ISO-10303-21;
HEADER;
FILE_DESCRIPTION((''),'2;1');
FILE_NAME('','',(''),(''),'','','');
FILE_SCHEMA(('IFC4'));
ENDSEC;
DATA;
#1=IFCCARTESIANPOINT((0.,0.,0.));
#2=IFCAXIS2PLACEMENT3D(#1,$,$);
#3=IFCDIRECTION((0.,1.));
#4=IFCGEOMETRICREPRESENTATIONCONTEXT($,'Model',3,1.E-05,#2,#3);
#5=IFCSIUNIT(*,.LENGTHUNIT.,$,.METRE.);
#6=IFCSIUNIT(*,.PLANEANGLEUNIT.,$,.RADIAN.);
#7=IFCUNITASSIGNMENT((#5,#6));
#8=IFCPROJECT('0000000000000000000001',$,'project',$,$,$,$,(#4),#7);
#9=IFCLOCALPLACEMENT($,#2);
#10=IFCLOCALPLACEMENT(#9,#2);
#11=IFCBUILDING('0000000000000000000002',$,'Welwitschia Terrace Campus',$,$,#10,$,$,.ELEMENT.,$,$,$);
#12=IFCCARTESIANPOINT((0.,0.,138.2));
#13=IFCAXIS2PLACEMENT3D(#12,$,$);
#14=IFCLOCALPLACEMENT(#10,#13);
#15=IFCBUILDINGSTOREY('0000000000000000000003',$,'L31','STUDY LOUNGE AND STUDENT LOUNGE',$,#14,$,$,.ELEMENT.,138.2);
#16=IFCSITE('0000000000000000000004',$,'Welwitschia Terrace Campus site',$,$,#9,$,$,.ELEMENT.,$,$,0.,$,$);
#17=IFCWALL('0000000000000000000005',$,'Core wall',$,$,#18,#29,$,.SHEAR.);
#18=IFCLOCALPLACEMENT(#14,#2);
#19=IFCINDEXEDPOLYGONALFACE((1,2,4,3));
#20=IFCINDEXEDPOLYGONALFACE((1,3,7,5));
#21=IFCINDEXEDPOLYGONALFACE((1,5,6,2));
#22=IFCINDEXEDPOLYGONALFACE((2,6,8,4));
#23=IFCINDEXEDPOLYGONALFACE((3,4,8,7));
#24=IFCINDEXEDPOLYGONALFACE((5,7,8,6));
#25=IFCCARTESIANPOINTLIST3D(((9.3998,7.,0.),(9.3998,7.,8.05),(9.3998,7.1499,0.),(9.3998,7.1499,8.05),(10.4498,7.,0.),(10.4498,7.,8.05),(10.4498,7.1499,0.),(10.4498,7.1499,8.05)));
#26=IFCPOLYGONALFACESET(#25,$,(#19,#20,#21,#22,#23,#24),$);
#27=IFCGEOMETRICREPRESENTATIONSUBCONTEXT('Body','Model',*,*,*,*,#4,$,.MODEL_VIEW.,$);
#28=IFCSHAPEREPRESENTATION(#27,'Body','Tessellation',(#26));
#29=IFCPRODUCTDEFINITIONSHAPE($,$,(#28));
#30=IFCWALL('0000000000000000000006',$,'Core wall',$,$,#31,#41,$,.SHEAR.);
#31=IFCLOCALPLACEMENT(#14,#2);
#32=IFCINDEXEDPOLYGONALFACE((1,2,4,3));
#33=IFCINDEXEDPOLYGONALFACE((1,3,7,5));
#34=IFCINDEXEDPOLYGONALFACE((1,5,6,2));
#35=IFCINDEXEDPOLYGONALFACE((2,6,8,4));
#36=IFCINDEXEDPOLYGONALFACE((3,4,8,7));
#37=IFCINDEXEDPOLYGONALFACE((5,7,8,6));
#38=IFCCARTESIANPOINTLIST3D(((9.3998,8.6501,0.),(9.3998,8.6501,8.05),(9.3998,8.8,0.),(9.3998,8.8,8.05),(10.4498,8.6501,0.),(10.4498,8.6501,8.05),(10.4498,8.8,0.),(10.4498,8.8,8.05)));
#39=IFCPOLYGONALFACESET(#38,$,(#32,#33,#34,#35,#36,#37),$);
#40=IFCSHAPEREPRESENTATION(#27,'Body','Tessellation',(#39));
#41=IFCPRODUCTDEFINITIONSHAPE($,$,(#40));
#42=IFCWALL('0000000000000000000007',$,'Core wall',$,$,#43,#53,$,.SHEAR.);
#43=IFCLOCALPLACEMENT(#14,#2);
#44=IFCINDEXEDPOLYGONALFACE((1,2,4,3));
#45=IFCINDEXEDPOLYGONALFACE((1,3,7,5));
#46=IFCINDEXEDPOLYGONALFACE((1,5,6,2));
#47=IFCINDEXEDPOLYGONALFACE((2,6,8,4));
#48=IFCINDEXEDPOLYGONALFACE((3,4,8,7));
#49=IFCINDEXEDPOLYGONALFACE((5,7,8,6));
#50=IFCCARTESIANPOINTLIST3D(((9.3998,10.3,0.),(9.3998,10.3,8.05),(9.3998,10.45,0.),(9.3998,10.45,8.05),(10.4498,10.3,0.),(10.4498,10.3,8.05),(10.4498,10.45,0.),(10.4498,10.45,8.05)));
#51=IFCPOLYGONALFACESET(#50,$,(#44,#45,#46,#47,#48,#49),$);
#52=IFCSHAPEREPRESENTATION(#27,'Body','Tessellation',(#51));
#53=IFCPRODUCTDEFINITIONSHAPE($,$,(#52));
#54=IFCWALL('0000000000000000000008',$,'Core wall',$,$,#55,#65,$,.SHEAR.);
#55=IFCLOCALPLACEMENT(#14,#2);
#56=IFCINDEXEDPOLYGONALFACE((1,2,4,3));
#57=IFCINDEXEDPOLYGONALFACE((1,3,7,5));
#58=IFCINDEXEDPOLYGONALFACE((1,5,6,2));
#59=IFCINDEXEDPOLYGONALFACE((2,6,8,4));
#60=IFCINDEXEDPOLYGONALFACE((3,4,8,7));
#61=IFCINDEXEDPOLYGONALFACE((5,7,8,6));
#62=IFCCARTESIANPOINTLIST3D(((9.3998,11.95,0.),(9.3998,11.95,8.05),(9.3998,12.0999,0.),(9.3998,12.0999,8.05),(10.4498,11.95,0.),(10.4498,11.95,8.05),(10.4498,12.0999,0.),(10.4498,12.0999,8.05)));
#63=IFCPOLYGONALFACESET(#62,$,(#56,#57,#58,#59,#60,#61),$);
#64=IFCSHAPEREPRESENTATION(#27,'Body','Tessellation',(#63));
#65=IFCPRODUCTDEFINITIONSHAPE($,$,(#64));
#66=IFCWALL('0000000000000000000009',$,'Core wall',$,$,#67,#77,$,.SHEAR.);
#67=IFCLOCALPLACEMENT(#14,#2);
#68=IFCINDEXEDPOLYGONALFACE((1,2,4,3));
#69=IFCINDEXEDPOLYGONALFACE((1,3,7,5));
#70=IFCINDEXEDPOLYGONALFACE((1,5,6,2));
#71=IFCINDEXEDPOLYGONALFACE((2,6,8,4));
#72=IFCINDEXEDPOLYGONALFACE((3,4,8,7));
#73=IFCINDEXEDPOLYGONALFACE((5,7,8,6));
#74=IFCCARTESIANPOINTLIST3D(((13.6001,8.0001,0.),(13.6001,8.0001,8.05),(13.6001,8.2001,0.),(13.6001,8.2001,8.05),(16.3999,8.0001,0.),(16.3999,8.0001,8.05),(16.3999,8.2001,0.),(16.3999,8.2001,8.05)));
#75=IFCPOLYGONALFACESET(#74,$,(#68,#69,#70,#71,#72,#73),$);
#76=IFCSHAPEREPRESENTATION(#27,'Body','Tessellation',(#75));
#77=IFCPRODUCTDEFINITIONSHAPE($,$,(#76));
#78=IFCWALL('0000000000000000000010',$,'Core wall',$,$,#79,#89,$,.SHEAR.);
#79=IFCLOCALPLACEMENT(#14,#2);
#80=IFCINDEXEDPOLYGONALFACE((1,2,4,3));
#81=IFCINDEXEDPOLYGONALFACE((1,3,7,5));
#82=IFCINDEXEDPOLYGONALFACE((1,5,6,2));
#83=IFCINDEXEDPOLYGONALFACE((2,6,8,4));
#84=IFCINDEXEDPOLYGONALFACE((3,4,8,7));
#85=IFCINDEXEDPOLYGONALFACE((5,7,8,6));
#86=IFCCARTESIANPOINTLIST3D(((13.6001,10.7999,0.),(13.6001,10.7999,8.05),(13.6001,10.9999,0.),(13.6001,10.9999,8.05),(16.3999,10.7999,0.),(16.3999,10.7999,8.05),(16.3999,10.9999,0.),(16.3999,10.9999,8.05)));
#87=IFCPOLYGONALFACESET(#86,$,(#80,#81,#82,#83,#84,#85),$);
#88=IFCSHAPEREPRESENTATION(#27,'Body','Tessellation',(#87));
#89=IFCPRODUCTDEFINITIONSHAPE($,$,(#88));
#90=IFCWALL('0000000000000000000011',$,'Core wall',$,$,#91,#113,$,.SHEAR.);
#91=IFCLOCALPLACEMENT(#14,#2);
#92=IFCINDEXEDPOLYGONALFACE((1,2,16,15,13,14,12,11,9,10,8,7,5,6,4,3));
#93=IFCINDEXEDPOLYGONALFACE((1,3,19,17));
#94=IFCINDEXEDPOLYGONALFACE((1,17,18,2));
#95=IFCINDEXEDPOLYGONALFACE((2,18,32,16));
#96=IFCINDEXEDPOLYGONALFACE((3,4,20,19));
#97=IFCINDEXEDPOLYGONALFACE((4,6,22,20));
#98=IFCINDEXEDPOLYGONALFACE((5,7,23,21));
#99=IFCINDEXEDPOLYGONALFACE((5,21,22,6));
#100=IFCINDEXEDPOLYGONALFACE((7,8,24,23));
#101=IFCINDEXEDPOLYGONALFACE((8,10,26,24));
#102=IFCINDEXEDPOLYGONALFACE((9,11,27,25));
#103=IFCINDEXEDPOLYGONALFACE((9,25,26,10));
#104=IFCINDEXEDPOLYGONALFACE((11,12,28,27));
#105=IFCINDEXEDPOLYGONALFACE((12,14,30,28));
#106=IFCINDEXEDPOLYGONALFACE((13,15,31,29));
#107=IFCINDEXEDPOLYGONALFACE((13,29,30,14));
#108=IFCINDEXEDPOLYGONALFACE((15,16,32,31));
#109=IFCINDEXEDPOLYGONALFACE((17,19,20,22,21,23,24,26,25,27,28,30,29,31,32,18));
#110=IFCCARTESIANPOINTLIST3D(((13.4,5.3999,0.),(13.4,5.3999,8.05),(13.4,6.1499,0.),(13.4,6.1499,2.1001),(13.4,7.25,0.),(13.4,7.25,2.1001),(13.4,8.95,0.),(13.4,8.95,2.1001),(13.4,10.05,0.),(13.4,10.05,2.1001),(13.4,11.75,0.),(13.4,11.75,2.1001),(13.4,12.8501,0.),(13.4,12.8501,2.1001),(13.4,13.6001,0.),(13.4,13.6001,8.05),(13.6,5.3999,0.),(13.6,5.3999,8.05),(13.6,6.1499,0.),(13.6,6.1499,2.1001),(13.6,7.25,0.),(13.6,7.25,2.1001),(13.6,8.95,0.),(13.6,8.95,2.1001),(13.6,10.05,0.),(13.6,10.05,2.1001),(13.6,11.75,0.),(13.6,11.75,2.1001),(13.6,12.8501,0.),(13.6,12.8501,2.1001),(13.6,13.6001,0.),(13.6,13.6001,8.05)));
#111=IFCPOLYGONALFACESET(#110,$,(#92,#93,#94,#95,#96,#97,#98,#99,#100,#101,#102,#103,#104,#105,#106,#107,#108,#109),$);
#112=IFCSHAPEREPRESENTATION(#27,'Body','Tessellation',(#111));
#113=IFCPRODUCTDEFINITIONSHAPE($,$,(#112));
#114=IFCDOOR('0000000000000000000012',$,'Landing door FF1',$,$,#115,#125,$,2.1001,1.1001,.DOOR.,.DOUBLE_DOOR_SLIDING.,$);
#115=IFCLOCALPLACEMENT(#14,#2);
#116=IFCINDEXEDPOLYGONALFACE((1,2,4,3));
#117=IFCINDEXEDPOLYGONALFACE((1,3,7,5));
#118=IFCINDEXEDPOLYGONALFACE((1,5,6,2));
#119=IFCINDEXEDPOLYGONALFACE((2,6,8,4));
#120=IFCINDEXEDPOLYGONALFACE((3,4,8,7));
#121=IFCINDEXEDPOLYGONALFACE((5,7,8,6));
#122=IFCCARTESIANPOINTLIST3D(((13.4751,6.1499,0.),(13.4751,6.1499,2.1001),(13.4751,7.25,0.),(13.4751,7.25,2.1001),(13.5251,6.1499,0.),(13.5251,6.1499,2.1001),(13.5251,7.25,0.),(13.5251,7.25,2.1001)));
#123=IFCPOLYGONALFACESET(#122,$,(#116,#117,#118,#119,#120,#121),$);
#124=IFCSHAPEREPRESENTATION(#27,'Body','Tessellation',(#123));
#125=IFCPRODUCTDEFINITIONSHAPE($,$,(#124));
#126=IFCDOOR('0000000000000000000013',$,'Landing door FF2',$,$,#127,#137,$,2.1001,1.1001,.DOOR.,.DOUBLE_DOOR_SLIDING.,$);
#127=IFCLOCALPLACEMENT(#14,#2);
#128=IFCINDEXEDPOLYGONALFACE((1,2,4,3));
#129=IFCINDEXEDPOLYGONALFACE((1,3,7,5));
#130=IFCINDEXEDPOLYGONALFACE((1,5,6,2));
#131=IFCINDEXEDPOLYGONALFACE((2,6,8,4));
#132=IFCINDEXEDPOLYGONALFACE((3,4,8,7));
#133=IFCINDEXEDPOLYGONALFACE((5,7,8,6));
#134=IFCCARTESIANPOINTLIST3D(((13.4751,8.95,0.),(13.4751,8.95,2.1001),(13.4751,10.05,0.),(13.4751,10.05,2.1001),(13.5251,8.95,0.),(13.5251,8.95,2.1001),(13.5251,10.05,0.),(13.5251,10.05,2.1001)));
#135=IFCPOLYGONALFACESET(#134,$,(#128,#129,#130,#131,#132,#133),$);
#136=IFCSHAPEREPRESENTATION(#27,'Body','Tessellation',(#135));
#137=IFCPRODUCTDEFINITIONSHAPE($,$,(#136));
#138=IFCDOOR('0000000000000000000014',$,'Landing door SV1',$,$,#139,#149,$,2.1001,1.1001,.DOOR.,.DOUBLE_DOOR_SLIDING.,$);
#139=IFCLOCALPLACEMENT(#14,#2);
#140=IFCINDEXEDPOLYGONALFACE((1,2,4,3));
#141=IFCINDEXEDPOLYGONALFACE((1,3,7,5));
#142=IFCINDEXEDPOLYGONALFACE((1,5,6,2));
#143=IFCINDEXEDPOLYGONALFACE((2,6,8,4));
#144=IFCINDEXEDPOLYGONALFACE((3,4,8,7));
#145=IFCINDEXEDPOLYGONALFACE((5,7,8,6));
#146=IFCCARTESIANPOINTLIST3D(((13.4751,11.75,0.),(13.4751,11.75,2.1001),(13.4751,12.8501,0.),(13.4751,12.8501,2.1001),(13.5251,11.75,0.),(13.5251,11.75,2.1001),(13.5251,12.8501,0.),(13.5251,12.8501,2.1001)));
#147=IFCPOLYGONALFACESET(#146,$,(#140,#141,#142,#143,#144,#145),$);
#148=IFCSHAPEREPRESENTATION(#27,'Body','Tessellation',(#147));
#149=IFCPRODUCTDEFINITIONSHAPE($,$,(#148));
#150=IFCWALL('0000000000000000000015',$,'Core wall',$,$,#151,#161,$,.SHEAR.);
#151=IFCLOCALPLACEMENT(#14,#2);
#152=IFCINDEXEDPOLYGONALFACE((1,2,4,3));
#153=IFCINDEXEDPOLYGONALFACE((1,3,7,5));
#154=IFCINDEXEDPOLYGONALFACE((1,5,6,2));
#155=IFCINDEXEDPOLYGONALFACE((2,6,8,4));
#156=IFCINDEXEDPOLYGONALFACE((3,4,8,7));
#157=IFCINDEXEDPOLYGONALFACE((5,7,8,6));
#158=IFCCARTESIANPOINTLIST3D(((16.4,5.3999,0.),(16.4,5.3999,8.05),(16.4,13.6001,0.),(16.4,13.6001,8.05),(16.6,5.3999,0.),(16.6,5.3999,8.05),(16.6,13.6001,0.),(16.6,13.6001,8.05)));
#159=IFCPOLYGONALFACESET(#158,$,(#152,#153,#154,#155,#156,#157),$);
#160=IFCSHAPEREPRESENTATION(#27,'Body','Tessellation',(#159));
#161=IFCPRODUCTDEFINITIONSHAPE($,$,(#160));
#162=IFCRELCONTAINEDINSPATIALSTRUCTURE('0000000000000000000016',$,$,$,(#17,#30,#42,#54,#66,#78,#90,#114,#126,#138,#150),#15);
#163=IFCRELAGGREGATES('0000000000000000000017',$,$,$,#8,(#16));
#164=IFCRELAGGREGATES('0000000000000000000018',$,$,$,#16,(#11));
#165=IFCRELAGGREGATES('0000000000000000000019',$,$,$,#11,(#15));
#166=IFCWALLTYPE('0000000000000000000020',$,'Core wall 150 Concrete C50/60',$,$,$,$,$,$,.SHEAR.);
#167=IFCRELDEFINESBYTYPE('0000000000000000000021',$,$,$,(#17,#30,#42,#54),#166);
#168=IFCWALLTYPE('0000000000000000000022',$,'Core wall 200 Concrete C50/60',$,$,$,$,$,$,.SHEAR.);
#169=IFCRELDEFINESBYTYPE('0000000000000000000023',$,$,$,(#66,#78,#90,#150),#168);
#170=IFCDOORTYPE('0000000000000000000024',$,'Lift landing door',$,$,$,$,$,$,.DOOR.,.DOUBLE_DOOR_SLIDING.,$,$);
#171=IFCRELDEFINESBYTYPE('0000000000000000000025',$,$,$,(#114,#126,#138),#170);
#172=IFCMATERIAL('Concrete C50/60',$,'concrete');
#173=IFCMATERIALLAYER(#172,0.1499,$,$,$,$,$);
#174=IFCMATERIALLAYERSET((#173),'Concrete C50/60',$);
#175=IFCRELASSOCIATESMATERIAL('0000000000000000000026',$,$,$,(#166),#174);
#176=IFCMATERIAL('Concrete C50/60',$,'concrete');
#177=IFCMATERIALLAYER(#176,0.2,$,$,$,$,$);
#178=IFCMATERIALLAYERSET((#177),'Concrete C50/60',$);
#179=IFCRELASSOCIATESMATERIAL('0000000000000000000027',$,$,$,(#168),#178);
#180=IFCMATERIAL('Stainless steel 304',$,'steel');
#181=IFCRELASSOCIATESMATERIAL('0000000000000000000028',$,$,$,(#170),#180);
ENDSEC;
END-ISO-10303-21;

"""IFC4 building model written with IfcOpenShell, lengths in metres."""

from ifc_helpers import new_model, si_unit, direction, frame, frame_2d, origin, place, context, subcontext, project, spatial, rectangle, extrude, material, layer, layer_set, type_object, element, fill, save


model = new_model("IFC4")

# Units and contexts
model_context = context("Model", 3, precision=1e-05, world=origin(), true_north=direction((0.0, 1.0)))
body_context = subcontext(model_context, "Body", "Model", "MODEL_VIEW")
ifc_project = project(units=[si_unit("LENGTHUNIT", "METRE"), si_unit("PLANEANGLEUNIT", "RADIAN")], contexts=[model_context])

# Site, building, storey
site_placement = place(None, origin())
site = spatial("IfcSite", under=ifc_project, at=site_placement, Name="Welwitschia Terrace Campus site", CompositionType="ELEMENT", RefElevation=0.0)
building_placement = place(site_placement, origin())
building = spatial("IfcBuilding", under=site, at=building_placement, Name="Welwitschia Terrace Campus", CompositionType="ELEMENT")
storey_placement = place(building_placement, frame((0.0, 0.0, 138.2)))
storey = spatial("IfcBuildingStorey", under=building, at=storey_placement, Name="L31", Description="STUDY LOUNGE AND STUDENT LOUNGE", CompositionType="ELEMENT", Elevation=138.2)

# Walls
ifc_material_1 = material(Name="Concrete C50/60", Category="concrete")
ifc_layer_1 = layer(ifc_material_1, 0.1499)
ifc_layer_set_1 = layer_set([ifc_layer_1], Name="Concrete C50/60")
wall_type_1 = type_object("IfcWallType", Name="Core wall 150 Concrete C50/60", PredefinedType="SHEAR", material=ifc_layer_set_1)
for number, where, z_axis, x_axis, name in (
    (1, (9.3999, 7.075, 0.0), (0.0, 0.0, 1.0), (1.0, 0.0, 0.0), "Core wall"),
    (2, (9.3999, 8.7251, 0.0), (0.0, 0.0, 1.0), (1.0, 0.0, 0.0), "Core wall"),
    (3, (9.3999, 10.375, 0.0), (0.0, 0.0, 1.0), (1.0, 0.0, 0.0), "Core wall"),
    (4, (9.3999, 12.0249, 0.0), (0.0, 0.0, 1.0), (1.0, 0.0, 0.0), "Core wall"),
):
    element("IfcWall", number, at=place(storey_placement, frame(where, z_axis=z_axis, x_axis=x_axis)), inside=storey, type_object=wall_type_1, Name=name, PredefinedType="SHEAR", context=body_context, shape_type="SweptSolid", body=[
        extrude(rectangle(XDim=1.05, YDim=0.1499, at=frame_2d((0.5249, 0.0))), origin(), (0.0, 0.0, 1.0), 8.05),
    ])
ifc_material_2 = material(Name="Concrete C50/60", Category="concrete")
ifc_layer_2 = layer(ifc_material_2, 0.2)
ifc_layer_set_2 = layer_set([ifc_layer_2], Name="Concrete C50/60")
wall_type_2 = type_object("IfcWallType", Name="Core wall 200 Concrete C50/60", PredefinedType="SHEAR", material=ifc_layer_set_2)
for number, where, z_axis, x_axis, name in (
    (5, (13.6001, 8.1001, 0.0), (0.0, 0.0, 1.0), (1.0, 0.0, 0.0), "Core wall"),
    (6, (13.6001, 10.8999, 0.0), (0.0, 0.0, 1.0), (1.0, 0.0, 0.0), "Core wall"),
):
    element("IfcWall", number, at=place(storey_placement, frame(where, z_axis=z_axis, x_axis=x_axis)), inside=storey, type_object=wall_type_2, Name=name, PredefinedType="SHEAR", context=body_context, shape_type="SweptSolid", body=[
        extrude(rectangle(XDim=2.7998, YDim=0.2, at=frame_2d((1.3999, 0.0))), origin(), (0.0, 0.0, 1.0), 8.05),
    ])

# Wall, openings, doors
wall_1_placement = place(storey_placement, frame((13.5, 5.3999, 0.0), z_axis=(0.0, 0.0, 1.0), x_axis=(0.0, 1.0, 0.0)))
wall_1 = element("IfcWall", 7, at=wall_1_placement, inside=storey, type_object=wall_type_2, Name="Core wall", PredefinedType="SHEAR", context=body_context, shape_type="SweptSolid", body=[
    extrude(rectangle(XDim=8.2002, YDim=0.2, at=frame_2d((4.1001, 0.0))), origin(), (0.0, 0.0, 1.0), 8.05),
])
opening_1_placement = place(wall_1_placement, frame((0.75, 0.0, 0.0)))
opening_1 = element("IfcOpeningElement", 8, at=opening_1_placement, cuts=wall_1, PredefinedType="OPENING", context=body_context, shape_type="SweptSolid", body=[
    extrude(rectangle(XDim=1.1001, YDim=2.1001, at=frame_2d((0.55, 1.05))), frame((0.0, 0.1099, 0.0), z_axis=(0.0, -1.0, 0.0), x_axis=(1.0, 0.0, 0.0)), (0.0, 0.0, 1.0), 0.22),
])
opening_2_placement = place(wall_1_placement, frame((3.55, 0.0, 0.0)))
opening_2 = element("IfcOpeningElement", 9, at=opening_2_placement, cuts=wall_1, PredefinedType="OPENING", context=body_context, shape_type="SweptSolid", body=[
    extrude(rectangle(XDim=1.1001, YDim=2.1001, at=frame_2d((0.55, 1.05))), frame((0.0, 0.1099, 0.0), z_axis=(0.0, -1.0, 0.0), x_axis=(1.0, 0.0, 0.0)), (0.0, 0.0, 1.0), 0.22),
])
opening_3_placement = place(wall_1_placement, frame((6.3501, 0.0, 0.0)))
opening_3 = element("IfcOpeningElement", 10, at=opening_3_placement, cuts=wall_1, PredefinedType="OPENING", context=body_context, shape_type="SweptSolid", body=[
    extrude(rectangle(XDim=1.1001, YDim=2.1001, at=frame_2d((0.55, 1.05))), frame((0.0, 0.1099, 0.0), z_axis=(0.0, -1.0, 0.0), x_axis=(1.0, 0.0, 0.0)), (0.0, 0.0, 1.0), 0.22),
])
ifc_material_3 = material(Name="Stainless steel 304", Category="steel")
door_type_1 = type_object("IfcDoorType", Name="Lift landing door", OperationType="DOUBLE_DOOR_SLIDING", PredefinedType="DOOR", material=ifc_material_3)
door_1_placement = place(opening_1_placement, origin())
door_1 = element("IfcDoor", 11, at=door_1_placement, inside=storey, type_object=door_type_1, Name="Landing door FF1", OperationType="DOUBLE_DOOR_SLIDING", OverallHeight=2.1001, OverallWidth=1.1001, PredefinedType="DOOR", context=body_context, shape_type="SweptSolid", body=[
    extrude(rectangle(XDim=1.1001, YDim=2.1001, at=frame_2d((0.55, 1.05))), frame((0.0, 0.0249, 0.0), z_axis=(0.0, -1.0, 0.0), x_axis=(1.0, 0.0, 0.0)), (0.0, 0.0, 1.0), 0.05),
])
fill(opening_1, door_1)
door_2_placement = place(opening_2_placement, origin())
door_2 = element("IfcDoor", 12, at=door_2_placement, inside=storey, type_object=door_type_1, Name="Landing door FF2", OperationType="DOUBLE_DOOR_SLIDING", OverallHeight=2.1001, OverallWidth=1.1001, PredefinedType="DOOR", context=body_context, shape_type="SweptSolid", body=[
    extrude(rectangle(XDim=1.1001, YDim=2.1001, at=frame_2d((0.55, 1.05))), frame((0.0, 0.0249, 0.0), z_axis=(0.0, -1.0, 0.0), x_axis=(1.0, 0.0, 0.0)), (0.0, 0.0, 1.0), 0.05),
])
fill(opening_2, door_2)
door_3_placement = place(opening_3_placement, origin())
door_3 = element("IfcDoor", 13, at=door_3_placement, inside=storey, type_object=door_type_1, Name="Landing door SV1", OperationType="DOUBLE_DOOR_SLIDING", OverallHeight=2.1001, OverallWidth=1.1001, PredefinedType="DOOR", context=body_context, shape_type="SweptSolid", body=[
    extrude(rectangle(XDim=1.1001, YDim=2.1001, at=frame_2d((0.55, 1.05))), frame((0.0, 0.0249, 0.0), z_axis=(0.0, -1.0, 0.0), x_axis=(1.0, 0.0, 0.0)), (0.0, 0.0, 1.0), 0.05),
])
fill(opening_3, door_3)

# Wall
wall_2_placement = place(storey_placement, frame((16.5, 5.3999, 0.0), z_axis=(0.0, 0.0, 1.0), x_axis=(0.0, 1.0, 0.0)))
element("IfcWall", 14, at=wall_2_placement, inside=storey, type_object=wall_type_2, Name="Core wall", PredefinedType="SHEAR", context=body_context, shape_type="SweptSolid", body=[
    extrude(rectangle(XDim=8.2002, YDim=0.2, at=frame_2d((4.1001, 0.0))), origin(), (0.0, 0.0, 1.0), 8.05),
])

save(model, "model.ifc")
